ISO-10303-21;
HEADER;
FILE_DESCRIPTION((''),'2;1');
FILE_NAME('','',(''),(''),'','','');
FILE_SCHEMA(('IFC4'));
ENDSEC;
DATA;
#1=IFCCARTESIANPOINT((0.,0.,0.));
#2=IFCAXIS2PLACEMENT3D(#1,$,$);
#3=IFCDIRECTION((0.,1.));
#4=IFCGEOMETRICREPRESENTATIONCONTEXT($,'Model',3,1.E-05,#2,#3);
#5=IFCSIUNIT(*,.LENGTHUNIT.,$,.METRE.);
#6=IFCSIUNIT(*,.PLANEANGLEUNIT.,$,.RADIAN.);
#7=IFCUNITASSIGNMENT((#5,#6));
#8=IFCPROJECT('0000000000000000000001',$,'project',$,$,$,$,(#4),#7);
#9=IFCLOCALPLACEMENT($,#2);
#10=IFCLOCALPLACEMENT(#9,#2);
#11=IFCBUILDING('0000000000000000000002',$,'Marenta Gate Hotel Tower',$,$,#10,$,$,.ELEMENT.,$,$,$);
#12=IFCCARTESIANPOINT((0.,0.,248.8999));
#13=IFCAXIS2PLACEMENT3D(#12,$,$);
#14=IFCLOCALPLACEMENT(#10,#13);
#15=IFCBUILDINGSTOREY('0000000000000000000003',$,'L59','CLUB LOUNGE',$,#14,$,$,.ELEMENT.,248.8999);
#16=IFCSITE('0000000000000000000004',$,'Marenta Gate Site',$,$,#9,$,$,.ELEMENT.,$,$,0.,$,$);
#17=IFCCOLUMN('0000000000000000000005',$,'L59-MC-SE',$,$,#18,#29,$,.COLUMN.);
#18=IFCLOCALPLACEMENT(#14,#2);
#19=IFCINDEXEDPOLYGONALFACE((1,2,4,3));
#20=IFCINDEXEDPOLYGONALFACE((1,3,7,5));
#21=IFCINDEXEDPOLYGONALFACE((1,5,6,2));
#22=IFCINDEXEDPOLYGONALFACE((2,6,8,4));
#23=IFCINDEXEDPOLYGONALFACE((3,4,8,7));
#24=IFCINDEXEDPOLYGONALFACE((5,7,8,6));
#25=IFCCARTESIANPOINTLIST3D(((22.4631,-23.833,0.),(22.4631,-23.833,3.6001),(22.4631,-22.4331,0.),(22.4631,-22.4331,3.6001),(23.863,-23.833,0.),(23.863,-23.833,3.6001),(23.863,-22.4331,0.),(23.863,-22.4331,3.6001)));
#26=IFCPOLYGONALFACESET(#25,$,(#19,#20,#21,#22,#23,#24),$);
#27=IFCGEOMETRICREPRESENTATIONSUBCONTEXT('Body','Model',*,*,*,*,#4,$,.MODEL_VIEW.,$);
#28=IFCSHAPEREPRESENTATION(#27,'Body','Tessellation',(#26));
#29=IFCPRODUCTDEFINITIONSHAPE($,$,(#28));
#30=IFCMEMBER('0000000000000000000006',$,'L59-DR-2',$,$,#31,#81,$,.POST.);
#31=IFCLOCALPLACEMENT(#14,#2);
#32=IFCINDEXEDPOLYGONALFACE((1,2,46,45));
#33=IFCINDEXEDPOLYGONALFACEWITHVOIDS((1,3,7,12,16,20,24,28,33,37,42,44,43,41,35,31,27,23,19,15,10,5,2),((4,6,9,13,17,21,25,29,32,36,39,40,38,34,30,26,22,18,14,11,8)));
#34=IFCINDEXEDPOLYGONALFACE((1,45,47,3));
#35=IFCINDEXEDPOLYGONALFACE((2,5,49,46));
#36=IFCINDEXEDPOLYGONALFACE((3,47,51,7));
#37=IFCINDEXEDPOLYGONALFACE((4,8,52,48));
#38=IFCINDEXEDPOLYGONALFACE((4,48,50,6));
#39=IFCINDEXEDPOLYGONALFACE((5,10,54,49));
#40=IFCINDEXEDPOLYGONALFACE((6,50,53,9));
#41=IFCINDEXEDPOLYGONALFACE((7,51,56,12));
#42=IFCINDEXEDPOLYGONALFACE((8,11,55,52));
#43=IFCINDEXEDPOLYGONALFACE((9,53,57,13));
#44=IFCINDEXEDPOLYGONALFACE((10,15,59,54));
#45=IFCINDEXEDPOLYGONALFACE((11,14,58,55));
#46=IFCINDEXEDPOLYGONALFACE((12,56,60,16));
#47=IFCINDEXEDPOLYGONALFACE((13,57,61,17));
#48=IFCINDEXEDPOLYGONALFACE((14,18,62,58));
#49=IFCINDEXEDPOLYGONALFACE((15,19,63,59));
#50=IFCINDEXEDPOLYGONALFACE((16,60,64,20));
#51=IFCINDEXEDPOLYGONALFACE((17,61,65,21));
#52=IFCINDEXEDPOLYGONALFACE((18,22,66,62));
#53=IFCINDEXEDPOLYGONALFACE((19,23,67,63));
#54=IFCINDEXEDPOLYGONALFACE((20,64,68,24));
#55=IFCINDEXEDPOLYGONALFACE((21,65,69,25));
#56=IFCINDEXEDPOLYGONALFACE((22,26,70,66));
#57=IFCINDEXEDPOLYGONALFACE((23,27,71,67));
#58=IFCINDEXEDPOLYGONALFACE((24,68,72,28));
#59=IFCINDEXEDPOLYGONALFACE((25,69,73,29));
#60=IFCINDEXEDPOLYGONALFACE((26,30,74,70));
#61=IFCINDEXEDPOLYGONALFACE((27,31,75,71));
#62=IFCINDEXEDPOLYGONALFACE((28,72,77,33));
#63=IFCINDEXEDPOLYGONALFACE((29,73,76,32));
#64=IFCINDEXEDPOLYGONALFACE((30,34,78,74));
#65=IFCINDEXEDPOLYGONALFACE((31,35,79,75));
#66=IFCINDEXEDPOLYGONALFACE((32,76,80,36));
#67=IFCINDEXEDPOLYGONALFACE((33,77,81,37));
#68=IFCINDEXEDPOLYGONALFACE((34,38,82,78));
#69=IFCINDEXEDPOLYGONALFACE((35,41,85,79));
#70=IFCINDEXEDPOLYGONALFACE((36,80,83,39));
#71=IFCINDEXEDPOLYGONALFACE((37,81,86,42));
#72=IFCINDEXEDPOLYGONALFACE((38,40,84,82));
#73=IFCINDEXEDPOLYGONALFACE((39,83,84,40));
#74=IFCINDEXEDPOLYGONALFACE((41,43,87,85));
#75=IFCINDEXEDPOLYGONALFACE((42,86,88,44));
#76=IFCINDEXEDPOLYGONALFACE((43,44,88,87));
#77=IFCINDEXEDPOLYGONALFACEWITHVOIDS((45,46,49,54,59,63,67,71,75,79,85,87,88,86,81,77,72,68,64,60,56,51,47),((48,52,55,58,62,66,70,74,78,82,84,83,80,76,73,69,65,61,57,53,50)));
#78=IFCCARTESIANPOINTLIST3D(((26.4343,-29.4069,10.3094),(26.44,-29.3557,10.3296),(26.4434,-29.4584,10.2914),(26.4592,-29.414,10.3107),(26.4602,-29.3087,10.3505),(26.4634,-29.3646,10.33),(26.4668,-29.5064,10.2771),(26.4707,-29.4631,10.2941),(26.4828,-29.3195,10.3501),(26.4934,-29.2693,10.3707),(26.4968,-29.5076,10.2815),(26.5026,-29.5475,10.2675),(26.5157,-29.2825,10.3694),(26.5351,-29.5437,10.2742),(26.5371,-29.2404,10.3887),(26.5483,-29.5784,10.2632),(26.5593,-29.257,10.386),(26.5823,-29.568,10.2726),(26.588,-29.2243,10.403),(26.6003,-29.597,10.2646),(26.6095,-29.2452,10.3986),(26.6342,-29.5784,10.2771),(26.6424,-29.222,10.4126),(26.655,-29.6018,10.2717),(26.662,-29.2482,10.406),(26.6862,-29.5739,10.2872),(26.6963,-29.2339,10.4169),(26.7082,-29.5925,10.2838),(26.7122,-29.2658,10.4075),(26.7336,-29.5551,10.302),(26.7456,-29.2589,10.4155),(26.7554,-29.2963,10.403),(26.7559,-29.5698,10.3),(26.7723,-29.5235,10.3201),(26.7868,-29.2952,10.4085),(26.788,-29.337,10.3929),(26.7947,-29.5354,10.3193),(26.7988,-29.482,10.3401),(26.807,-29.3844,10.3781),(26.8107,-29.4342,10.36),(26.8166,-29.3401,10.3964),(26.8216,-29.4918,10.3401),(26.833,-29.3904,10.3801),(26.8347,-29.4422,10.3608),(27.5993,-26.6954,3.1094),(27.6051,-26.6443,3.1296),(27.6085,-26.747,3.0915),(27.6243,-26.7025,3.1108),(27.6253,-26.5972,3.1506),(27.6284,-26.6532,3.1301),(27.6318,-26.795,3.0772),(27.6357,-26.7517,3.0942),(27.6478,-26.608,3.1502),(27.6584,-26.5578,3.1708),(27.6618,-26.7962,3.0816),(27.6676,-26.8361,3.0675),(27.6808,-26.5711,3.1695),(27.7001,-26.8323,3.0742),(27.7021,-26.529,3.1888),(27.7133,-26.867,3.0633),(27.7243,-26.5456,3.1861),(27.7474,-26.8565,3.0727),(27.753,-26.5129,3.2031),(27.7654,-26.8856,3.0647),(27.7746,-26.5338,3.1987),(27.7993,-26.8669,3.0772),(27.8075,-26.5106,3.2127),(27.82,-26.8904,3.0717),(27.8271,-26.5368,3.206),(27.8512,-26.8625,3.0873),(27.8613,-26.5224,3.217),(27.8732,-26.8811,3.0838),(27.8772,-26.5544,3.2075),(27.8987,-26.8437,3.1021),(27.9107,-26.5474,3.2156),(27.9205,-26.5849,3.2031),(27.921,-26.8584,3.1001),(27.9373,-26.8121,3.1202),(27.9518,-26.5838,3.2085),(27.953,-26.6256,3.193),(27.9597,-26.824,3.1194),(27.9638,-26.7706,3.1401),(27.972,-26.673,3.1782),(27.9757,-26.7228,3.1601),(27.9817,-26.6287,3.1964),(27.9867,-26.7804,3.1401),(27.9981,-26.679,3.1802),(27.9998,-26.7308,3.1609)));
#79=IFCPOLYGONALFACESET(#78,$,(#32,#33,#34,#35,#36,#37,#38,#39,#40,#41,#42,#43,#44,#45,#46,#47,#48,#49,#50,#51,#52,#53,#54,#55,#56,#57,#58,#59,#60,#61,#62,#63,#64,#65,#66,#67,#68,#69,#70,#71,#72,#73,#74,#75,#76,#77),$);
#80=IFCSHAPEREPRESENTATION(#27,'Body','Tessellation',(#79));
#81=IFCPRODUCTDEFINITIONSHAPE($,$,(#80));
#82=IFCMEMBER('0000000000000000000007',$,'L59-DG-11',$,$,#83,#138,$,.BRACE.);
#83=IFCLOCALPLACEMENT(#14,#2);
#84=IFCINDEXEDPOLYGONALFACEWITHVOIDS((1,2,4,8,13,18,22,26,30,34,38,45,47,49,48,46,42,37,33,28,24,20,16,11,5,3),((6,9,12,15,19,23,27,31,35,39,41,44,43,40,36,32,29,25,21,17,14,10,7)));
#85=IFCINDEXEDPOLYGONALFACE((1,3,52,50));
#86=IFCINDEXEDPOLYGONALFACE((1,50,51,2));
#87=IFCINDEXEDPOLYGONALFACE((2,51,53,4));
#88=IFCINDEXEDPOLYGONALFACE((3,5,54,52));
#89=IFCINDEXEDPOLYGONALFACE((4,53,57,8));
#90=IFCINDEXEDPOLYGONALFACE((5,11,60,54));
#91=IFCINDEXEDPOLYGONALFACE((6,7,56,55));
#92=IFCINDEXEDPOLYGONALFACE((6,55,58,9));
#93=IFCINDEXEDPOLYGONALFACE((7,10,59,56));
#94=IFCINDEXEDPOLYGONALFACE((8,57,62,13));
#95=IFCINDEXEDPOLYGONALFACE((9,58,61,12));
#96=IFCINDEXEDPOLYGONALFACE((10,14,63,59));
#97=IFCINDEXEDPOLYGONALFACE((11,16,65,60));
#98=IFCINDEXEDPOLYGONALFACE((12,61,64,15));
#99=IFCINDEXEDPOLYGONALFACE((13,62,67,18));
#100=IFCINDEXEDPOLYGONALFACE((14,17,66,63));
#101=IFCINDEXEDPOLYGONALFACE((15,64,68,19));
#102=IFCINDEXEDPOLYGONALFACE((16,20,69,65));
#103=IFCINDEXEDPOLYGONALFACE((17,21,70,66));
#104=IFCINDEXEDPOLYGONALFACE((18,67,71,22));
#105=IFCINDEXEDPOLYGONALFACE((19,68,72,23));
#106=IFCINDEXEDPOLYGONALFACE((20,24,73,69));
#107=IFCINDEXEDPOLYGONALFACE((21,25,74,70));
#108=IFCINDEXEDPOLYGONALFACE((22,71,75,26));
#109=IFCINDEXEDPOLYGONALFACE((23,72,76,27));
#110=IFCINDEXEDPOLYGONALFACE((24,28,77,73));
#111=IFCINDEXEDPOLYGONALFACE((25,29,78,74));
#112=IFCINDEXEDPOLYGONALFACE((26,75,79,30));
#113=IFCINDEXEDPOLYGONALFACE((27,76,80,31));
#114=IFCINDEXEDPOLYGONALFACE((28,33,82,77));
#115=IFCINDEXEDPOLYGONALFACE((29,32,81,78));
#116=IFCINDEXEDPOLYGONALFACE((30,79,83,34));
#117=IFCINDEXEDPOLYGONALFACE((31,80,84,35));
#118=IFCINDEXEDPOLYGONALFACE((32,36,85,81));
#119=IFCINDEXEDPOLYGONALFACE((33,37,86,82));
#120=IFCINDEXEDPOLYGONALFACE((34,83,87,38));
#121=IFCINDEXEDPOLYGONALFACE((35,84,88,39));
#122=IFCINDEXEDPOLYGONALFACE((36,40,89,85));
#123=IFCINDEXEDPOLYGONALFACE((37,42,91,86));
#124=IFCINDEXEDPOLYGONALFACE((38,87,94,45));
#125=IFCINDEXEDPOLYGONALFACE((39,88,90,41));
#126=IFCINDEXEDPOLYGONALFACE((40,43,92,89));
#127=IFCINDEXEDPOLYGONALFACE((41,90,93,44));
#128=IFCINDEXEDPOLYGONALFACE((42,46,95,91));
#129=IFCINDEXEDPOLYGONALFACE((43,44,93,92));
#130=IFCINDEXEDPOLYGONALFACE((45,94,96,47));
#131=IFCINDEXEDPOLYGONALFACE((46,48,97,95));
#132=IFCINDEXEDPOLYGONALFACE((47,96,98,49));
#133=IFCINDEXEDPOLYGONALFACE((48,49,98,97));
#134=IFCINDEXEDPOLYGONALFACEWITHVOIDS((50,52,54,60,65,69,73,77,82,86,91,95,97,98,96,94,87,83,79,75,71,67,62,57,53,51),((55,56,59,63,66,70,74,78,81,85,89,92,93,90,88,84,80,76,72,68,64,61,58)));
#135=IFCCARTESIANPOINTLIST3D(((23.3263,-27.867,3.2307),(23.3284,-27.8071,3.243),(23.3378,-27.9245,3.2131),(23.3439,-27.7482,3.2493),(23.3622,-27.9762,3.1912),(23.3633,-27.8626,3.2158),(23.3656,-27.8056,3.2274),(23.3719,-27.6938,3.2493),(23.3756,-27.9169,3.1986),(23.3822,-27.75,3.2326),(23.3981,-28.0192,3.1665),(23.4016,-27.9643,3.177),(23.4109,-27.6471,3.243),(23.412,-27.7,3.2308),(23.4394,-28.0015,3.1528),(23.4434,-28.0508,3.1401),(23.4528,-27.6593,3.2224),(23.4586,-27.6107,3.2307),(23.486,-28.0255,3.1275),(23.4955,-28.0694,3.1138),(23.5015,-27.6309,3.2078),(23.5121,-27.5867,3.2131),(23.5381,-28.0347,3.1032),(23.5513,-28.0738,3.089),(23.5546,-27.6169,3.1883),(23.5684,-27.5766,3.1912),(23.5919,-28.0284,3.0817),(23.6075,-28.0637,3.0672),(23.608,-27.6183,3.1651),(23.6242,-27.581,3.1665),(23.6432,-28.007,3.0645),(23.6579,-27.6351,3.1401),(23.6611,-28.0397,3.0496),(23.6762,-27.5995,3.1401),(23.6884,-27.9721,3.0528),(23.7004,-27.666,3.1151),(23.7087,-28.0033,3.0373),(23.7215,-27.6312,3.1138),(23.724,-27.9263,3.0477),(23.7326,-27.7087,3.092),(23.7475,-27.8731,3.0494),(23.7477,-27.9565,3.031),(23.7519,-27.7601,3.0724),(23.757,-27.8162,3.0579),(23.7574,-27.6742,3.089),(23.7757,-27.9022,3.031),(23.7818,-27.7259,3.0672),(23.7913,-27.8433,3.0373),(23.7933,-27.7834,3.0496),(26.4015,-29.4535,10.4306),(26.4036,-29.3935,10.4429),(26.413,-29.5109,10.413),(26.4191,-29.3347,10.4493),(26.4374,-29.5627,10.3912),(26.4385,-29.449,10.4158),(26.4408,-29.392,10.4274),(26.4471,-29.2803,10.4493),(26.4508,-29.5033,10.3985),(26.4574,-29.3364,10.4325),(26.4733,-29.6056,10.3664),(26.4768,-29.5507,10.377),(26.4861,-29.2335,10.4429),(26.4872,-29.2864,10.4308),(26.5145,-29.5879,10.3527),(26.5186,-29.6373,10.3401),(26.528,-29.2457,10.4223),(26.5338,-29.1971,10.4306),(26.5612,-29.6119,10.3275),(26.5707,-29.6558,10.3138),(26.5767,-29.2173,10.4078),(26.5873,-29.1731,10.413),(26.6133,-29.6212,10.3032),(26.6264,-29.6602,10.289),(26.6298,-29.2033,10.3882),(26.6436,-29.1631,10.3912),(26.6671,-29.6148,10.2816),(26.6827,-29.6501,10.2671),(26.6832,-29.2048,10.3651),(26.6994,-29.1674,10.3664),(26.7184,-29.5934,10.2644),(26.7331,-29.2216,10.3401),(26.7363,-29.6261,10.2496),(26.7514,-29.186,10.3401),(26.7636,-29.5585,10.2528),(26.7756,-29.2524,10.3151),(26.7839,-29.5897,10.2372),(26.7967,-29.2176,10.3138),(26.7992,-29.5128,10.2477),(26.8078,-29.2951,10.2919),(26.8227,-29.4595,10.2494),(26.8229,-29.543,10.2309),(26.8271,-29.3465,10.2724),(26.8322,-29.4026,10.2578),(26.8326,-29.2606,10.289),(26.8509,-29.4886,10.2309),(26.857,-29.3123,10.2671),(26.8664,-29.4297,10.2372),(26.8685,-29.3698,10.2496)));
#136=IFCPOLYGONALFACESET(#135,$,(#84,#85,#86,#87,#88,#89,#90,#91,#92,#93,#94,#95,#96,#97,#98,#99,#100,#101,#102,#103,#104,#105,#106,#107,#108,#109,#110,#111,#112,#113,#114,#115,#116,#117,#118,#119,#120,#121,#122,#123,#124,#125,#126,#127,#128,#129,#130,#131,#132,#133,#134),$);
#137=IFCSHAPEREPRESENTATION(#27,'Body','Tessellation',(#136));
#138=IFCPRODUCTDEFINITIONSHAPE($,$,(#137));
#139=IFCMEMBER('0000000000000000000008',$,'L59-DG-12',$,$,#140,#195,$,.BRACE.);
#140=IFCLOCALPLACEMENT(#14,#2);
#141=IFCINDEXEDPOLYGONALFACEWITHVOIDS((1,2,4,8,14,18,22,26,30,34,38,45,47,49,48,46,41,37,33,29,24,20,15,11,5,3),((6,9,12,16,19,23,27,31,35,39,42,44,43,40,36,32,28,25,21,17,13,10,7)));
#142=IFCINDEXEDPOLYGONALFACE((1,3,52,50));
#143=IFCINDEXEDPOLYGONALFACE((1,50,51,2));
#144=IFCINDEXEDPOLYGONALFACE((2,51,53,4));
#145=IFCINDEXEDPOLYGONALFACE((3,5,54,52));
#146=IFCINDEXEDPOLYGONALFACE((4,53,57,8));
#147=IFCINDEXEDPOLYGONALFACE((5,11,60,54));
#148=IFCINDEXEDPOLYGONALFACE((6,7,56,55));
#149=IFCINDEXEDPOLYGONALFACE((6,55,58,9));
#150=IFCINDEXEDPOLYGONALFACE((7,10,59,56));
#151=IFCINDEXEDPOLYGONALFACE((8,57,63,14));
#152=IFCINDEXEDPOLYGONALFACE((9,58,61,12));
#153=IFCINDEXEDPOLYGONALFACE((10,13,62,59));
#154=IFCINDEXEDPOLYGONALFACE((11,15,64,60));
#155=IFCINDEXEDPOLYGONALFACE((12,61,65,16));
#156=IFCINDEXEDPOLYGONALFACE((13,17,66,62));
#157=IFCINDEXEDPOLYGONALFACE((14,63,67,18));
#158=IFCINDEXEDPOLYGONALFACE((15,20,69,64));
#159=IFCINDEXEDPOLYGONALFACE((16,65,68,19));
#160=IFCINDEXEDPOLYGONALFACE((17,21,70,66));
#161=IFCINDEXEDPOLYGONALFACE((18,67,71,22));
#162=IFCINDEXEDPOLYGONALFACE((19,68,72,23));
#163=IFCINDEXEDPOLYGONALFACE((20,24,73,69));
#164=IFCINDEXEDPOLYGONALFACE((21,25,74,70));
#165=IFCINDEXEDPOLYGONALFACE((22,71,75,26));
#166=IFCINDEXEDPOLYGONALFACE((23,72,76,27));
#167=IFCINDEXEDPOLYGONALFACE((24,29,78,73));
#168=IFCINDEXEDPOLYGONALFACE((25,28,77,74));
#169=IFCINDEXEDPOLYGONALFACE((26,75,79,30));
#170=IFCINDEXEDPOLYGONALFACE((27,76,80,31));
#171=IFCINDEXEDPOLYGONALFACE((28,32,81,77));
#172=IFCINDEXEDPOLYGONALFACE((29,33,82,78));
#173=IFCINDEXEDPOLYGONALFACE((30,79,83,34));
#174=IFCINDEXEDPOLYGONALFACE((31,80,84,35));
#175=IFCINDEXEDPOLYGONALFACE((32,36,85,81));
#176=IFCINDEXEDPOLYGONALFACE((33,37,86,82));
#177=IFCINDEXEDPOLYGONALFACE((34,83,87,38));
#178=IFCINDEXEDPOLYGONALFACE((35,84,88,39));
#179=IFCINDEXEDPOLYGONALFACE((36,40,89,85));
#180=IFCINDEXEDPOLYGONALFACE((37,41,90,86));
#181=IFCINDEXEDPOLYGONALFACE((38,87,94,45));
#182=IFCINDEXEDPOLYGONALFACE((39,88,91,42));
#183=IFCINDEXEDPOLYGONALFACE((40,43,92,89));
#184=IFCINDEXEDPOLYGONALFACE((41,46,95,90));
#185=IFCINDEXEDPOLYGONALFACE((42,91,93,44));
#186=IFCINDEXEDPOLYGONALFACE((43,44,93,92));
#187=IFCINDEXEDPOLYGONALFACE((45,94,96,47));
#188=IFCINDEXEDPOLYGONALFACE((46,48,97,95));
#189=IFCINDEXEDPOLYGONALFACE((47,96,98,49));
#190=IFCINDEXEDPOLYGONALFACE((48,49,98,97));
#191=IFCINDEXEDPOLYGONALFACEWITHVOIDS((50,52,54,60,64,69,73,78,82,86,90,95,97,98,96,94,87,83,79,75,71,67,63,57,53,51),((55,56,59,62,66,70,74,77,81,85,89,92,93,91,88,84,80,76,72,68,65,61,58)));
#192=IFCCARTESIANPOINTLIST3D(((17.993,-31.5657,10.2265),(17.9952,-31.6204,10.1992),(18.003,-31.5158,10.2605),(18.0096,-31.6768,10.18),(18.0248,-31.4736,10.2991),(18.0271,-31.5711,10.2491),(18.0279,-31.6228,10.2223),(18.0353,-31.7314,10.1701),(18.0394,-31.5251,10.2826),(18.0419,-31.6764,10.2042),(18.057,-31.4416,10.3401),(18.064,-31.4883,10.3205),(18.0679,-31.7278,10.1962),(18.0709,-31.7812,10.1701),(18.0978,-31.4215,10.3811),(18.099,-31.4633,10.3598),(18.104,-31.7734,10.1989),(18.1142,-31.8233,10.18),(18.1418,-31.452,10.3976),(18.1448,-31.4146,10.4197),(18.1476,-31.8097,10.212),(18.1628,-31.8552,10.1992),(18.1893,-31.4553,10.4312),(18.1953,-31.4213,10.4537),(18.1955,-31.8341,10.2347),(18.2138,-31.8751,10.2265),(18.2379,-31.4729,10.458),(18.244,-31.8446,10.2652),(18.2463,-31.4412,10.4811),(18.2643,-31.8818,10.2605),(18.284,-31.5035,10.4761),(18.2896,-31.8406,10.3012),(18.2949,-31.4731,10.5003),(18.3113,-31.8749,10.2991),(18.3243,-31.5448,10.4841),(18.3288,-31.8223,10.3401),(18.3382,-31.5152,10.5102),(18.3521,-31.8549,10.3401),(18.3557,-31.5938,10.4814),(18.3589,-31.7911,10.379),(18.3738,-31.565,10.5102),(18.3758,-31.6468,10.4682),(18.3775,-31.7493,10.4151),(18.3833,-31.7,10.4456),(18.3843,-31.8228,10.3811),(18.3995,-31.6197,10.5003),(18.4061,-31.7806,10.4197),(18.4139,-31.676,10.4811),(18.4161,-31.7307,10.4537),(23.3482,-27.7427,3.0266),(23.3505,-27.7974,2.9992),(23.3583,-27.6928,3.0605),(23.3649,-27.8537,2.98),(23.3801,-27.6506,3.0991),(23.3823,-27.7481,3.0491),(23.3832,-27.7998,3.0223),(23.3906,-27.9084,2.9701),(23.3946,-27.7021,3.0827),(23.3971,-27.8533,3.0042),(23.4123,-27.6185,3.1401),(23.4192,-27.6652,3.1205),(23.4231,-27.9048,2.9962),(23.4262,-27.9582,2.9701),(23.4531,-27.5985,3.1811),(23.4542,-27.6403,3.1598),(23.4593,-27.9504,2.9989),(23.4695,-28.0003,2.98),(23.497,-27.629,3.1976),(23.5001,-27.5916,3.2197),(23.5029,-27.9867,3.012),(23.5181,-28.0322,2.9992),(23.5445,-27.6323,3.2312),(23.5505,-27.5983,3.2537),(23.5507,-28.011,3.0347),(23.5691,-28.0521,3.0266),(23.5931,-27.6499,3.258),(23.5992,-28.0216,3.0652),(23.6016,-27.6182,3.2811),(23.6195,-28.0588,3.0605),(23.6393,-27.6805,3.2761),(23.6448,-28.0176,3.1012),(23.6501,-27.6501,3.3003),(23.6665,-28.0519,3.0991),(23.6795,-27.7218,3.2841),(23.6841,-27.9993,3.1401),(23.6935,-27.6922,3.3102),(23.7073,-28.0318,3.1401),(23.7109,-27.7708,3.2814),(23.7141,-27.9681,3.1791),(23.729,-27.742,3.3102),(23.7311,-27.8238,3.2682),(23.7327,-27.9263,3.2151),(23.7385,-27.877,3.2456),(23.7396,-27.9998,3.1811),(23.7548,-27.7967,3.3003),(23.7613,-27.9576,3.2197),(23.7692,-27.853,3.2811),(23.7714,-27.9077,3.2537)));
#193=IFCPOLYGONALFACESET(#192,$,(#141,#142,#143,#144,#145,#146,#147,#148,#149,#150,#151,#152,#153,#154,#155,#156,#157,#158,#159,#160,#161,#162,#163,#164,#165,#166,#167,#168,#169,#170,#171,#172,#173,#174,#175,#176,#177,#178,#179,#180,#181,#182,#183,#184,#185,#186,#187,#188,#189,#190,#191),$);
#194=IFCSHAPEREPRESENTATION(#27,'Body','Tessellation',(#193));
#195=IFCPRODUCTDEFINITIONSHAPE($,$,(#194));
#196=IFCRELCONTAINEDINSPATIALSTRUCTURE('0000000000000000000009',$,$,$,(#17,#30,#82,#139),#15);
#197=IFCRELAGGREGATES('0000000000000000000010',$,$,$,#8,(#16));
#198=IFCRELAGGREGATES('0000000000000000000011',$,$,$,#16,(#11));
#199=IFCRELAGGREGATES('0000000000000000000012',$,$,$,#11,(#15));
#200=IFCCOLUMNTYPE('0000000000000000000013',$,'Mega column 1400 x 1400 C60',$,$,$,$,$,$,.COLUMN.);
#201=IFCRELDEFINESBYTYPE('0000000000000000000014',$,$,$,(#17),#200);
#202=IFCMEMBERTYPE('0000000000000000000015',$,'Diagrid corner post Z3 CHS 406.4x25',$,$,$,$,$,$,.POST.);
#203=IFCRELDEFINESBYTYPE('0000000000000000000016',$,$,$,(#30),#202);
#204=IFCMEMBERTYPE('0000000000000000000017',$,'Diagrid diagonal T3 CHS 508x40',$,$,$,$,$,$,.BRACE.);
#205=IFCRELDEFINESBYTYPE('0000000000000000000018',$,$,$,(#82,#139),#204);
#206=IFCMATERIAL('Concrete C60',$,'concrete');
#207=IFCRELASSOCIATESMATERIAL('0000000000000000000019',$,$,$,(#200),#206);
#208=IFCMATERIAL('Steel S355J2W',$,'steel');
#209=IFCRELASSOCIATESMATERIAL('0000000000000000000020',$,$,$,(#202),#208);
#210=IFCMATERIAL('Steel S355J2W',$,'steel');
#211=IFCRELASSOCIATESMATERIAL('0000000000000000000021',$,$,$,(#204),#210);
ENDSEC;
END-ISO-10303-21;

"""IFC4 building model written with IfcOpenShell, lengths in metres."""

from ifc_helpers import new_model, si_unit, direction, frame, origin, origin_2d, place, context, subcontext, project, spatial, rectangle, hollow_circle, extrude, material, material_profile, profile_set, type_object, element, save


model = new_model("IFC4")

# Units and contexts
model_context = context("Model", 3, precision=1e-05, world=origin(), true_north=direction((0.0, 1.0)))
body_context = subcontext(model_context, "Body", "Model", "MODEL_VIEW")
ifc_project = project(units=[si_unit("LENGTHUNIT", "METRE"), si_unit("PLANEANGLEUNIT", "RADIAN")], contexts=[model_context])

# Site, building, storey
site_placement = place(None, origin())
site = spatial("IfcSite", under=ifc_project, at=site_placement, Name="Marenta Gate Site", CompositionType="ELEMENT", RefElevation=0.0)
building_placement = place(site_placement, origin())
building = spatial("IfcBuilding", under=site, at=building_placement, Name="Marenta Gate Hotel Tower", CompositionType="ELEMENT")
storey_placement = place(building_placement, frame((0.0, 0.0, 248.8999)))
storey = spatial("IfcBuildingStorey", under=building, at=storey_placement, Name="L59", Description="CLUB LOUNGE", CompositionType="ELEMENT", Elevation=248.8999)

# Column
ifc_material_1 = material(Name="Concrete C60", Category="concrete")
ifc_material_profile_1 = material_profile(ifc_material_1, rectangle(XDim=1.3999, YDim=1.3999, at=origin_2d()), Name="1400 x 1400")
ifc_profile_set_1 = profile_set([ifc_material_profile_1], Name="Concrete C60")
column_type = type_object("IfcColumnType", Name="Mega column 1400 x 1400 C60", PredefinedType="COLUMN", material=ifc_profile_set_1)
column_placement = place(storey_placement, frame((23.1631, -23.1331, 0.0), z_axis=(0.0, 0.0, 1.0), x_axis=(1.0, 0.0, 0.0)))
element("IfcColumn", 1, at=column_placement, inside=storey, type_object=column_type, Name="L59-MC-SE", PredefinedType="COLUMN", context=body_context, shape_type="SweptSolid", body=[
    extrude(rectangle(XDim=1.3999, YDim=1.3999, at=origin_2d()), origin(), (0.0, 0.0, 1.0), 3.6001),
])

# Members
ifc_material_2 = material(Name="Steel S355J2W", Category="steel")
ifc_material_profile_2 = material_profile(ifc_material_2, hollow_circle(Radius=0.2031, WallThickness=0.0249, at=origin_2d()), Name="CHS 406.4x25")
ifc_profile_set_2 = profile_set([ifc_material_profile_2], Name="Steel S355J2W")
member_type_1 = type_object("IfcMemberType", Name="Diagrid corner post Z3 CHS 406.4x25", PredefinedType="POST", material=ifc_profile_set_2)
member_1_placement = place(storey_placement, frame((27.8, -26.7002, 3.1401), z_axis=(-0.149723, -0.348455, 0.92529), x_axis=(0.918777, -0.394778, 0.0)))
element("IfcMember", 2, at=member_1_placement, inside=storey, type_object=member_type_1, Name="L59-DR-2", PredefinedType="POST", context=body_context, shape_type="SweptSolid", body=[
    extrude(hollow_circle(Radius=0.2031, WallThickness=0.0249, at=origin_2d()), origin(), (0.0, 0.0, 1.0), 7.7812),
])
ifc_material_3 = material(Name="Steel S355J2W", Category="steel")
ifc_material_profile_3 = material_profile(ifc_material_3, hollow_circle(Radius=0.2539, WallThickness=0.04, at=origin_2d()), Name="CHS 508x40")
ifc_profile_set_3 = profile_set([ifc_material_profile_3], Name="Steel S355J2W")
member_type_2 = type_object("IfcMemberType", Name="Diagrid diagonal T3 CHS 508x40", PredefinedType="BRACE", material=ifc_profile_set_3)
member_2_placement = place(storey_placement, frame((23.5598, -27.8252, 3.1401), z_axis=(0.384963, -0.198594, 0.901313), x_axis=(0.458467, 0.888712, 0.0)))
element("IfcMember", 3, at=member_2_placement, inside=storey, type_object=member_type_2, Name="L59-DG-11", PredefinedType="BRACE", context=body_context, shape_type="SweptSolid", body=[
    extrude(hollow_circle(Radius=0.2539, WallThickness=0.04, at=origin_2d()), origin(), (0.0, 0.0, 1.0), 7.9883),
])
member_3_placement = place(storey_placement, frame((23.5598, -27.8252, 3.1401), z_axis=(-0.54905, -0.391957, 0.738183), x_axis=(0.581021, -0.813889, 0.0)))
element("IfcMember", 4, at=member_3_placement, inside=storey, type_object=member_type_2, Name="L59-DG-12", PredefinedType="BRACE", context=body_context, shape_type="SweptSolid", body=[
    extrude(hollow_circle(Radius=0.2539, WallThickness=0.04, at=origin_2d()), origin(), (0.0, 0.0, 1.0), 9.7537),
])

save(model, "model.ifc")
